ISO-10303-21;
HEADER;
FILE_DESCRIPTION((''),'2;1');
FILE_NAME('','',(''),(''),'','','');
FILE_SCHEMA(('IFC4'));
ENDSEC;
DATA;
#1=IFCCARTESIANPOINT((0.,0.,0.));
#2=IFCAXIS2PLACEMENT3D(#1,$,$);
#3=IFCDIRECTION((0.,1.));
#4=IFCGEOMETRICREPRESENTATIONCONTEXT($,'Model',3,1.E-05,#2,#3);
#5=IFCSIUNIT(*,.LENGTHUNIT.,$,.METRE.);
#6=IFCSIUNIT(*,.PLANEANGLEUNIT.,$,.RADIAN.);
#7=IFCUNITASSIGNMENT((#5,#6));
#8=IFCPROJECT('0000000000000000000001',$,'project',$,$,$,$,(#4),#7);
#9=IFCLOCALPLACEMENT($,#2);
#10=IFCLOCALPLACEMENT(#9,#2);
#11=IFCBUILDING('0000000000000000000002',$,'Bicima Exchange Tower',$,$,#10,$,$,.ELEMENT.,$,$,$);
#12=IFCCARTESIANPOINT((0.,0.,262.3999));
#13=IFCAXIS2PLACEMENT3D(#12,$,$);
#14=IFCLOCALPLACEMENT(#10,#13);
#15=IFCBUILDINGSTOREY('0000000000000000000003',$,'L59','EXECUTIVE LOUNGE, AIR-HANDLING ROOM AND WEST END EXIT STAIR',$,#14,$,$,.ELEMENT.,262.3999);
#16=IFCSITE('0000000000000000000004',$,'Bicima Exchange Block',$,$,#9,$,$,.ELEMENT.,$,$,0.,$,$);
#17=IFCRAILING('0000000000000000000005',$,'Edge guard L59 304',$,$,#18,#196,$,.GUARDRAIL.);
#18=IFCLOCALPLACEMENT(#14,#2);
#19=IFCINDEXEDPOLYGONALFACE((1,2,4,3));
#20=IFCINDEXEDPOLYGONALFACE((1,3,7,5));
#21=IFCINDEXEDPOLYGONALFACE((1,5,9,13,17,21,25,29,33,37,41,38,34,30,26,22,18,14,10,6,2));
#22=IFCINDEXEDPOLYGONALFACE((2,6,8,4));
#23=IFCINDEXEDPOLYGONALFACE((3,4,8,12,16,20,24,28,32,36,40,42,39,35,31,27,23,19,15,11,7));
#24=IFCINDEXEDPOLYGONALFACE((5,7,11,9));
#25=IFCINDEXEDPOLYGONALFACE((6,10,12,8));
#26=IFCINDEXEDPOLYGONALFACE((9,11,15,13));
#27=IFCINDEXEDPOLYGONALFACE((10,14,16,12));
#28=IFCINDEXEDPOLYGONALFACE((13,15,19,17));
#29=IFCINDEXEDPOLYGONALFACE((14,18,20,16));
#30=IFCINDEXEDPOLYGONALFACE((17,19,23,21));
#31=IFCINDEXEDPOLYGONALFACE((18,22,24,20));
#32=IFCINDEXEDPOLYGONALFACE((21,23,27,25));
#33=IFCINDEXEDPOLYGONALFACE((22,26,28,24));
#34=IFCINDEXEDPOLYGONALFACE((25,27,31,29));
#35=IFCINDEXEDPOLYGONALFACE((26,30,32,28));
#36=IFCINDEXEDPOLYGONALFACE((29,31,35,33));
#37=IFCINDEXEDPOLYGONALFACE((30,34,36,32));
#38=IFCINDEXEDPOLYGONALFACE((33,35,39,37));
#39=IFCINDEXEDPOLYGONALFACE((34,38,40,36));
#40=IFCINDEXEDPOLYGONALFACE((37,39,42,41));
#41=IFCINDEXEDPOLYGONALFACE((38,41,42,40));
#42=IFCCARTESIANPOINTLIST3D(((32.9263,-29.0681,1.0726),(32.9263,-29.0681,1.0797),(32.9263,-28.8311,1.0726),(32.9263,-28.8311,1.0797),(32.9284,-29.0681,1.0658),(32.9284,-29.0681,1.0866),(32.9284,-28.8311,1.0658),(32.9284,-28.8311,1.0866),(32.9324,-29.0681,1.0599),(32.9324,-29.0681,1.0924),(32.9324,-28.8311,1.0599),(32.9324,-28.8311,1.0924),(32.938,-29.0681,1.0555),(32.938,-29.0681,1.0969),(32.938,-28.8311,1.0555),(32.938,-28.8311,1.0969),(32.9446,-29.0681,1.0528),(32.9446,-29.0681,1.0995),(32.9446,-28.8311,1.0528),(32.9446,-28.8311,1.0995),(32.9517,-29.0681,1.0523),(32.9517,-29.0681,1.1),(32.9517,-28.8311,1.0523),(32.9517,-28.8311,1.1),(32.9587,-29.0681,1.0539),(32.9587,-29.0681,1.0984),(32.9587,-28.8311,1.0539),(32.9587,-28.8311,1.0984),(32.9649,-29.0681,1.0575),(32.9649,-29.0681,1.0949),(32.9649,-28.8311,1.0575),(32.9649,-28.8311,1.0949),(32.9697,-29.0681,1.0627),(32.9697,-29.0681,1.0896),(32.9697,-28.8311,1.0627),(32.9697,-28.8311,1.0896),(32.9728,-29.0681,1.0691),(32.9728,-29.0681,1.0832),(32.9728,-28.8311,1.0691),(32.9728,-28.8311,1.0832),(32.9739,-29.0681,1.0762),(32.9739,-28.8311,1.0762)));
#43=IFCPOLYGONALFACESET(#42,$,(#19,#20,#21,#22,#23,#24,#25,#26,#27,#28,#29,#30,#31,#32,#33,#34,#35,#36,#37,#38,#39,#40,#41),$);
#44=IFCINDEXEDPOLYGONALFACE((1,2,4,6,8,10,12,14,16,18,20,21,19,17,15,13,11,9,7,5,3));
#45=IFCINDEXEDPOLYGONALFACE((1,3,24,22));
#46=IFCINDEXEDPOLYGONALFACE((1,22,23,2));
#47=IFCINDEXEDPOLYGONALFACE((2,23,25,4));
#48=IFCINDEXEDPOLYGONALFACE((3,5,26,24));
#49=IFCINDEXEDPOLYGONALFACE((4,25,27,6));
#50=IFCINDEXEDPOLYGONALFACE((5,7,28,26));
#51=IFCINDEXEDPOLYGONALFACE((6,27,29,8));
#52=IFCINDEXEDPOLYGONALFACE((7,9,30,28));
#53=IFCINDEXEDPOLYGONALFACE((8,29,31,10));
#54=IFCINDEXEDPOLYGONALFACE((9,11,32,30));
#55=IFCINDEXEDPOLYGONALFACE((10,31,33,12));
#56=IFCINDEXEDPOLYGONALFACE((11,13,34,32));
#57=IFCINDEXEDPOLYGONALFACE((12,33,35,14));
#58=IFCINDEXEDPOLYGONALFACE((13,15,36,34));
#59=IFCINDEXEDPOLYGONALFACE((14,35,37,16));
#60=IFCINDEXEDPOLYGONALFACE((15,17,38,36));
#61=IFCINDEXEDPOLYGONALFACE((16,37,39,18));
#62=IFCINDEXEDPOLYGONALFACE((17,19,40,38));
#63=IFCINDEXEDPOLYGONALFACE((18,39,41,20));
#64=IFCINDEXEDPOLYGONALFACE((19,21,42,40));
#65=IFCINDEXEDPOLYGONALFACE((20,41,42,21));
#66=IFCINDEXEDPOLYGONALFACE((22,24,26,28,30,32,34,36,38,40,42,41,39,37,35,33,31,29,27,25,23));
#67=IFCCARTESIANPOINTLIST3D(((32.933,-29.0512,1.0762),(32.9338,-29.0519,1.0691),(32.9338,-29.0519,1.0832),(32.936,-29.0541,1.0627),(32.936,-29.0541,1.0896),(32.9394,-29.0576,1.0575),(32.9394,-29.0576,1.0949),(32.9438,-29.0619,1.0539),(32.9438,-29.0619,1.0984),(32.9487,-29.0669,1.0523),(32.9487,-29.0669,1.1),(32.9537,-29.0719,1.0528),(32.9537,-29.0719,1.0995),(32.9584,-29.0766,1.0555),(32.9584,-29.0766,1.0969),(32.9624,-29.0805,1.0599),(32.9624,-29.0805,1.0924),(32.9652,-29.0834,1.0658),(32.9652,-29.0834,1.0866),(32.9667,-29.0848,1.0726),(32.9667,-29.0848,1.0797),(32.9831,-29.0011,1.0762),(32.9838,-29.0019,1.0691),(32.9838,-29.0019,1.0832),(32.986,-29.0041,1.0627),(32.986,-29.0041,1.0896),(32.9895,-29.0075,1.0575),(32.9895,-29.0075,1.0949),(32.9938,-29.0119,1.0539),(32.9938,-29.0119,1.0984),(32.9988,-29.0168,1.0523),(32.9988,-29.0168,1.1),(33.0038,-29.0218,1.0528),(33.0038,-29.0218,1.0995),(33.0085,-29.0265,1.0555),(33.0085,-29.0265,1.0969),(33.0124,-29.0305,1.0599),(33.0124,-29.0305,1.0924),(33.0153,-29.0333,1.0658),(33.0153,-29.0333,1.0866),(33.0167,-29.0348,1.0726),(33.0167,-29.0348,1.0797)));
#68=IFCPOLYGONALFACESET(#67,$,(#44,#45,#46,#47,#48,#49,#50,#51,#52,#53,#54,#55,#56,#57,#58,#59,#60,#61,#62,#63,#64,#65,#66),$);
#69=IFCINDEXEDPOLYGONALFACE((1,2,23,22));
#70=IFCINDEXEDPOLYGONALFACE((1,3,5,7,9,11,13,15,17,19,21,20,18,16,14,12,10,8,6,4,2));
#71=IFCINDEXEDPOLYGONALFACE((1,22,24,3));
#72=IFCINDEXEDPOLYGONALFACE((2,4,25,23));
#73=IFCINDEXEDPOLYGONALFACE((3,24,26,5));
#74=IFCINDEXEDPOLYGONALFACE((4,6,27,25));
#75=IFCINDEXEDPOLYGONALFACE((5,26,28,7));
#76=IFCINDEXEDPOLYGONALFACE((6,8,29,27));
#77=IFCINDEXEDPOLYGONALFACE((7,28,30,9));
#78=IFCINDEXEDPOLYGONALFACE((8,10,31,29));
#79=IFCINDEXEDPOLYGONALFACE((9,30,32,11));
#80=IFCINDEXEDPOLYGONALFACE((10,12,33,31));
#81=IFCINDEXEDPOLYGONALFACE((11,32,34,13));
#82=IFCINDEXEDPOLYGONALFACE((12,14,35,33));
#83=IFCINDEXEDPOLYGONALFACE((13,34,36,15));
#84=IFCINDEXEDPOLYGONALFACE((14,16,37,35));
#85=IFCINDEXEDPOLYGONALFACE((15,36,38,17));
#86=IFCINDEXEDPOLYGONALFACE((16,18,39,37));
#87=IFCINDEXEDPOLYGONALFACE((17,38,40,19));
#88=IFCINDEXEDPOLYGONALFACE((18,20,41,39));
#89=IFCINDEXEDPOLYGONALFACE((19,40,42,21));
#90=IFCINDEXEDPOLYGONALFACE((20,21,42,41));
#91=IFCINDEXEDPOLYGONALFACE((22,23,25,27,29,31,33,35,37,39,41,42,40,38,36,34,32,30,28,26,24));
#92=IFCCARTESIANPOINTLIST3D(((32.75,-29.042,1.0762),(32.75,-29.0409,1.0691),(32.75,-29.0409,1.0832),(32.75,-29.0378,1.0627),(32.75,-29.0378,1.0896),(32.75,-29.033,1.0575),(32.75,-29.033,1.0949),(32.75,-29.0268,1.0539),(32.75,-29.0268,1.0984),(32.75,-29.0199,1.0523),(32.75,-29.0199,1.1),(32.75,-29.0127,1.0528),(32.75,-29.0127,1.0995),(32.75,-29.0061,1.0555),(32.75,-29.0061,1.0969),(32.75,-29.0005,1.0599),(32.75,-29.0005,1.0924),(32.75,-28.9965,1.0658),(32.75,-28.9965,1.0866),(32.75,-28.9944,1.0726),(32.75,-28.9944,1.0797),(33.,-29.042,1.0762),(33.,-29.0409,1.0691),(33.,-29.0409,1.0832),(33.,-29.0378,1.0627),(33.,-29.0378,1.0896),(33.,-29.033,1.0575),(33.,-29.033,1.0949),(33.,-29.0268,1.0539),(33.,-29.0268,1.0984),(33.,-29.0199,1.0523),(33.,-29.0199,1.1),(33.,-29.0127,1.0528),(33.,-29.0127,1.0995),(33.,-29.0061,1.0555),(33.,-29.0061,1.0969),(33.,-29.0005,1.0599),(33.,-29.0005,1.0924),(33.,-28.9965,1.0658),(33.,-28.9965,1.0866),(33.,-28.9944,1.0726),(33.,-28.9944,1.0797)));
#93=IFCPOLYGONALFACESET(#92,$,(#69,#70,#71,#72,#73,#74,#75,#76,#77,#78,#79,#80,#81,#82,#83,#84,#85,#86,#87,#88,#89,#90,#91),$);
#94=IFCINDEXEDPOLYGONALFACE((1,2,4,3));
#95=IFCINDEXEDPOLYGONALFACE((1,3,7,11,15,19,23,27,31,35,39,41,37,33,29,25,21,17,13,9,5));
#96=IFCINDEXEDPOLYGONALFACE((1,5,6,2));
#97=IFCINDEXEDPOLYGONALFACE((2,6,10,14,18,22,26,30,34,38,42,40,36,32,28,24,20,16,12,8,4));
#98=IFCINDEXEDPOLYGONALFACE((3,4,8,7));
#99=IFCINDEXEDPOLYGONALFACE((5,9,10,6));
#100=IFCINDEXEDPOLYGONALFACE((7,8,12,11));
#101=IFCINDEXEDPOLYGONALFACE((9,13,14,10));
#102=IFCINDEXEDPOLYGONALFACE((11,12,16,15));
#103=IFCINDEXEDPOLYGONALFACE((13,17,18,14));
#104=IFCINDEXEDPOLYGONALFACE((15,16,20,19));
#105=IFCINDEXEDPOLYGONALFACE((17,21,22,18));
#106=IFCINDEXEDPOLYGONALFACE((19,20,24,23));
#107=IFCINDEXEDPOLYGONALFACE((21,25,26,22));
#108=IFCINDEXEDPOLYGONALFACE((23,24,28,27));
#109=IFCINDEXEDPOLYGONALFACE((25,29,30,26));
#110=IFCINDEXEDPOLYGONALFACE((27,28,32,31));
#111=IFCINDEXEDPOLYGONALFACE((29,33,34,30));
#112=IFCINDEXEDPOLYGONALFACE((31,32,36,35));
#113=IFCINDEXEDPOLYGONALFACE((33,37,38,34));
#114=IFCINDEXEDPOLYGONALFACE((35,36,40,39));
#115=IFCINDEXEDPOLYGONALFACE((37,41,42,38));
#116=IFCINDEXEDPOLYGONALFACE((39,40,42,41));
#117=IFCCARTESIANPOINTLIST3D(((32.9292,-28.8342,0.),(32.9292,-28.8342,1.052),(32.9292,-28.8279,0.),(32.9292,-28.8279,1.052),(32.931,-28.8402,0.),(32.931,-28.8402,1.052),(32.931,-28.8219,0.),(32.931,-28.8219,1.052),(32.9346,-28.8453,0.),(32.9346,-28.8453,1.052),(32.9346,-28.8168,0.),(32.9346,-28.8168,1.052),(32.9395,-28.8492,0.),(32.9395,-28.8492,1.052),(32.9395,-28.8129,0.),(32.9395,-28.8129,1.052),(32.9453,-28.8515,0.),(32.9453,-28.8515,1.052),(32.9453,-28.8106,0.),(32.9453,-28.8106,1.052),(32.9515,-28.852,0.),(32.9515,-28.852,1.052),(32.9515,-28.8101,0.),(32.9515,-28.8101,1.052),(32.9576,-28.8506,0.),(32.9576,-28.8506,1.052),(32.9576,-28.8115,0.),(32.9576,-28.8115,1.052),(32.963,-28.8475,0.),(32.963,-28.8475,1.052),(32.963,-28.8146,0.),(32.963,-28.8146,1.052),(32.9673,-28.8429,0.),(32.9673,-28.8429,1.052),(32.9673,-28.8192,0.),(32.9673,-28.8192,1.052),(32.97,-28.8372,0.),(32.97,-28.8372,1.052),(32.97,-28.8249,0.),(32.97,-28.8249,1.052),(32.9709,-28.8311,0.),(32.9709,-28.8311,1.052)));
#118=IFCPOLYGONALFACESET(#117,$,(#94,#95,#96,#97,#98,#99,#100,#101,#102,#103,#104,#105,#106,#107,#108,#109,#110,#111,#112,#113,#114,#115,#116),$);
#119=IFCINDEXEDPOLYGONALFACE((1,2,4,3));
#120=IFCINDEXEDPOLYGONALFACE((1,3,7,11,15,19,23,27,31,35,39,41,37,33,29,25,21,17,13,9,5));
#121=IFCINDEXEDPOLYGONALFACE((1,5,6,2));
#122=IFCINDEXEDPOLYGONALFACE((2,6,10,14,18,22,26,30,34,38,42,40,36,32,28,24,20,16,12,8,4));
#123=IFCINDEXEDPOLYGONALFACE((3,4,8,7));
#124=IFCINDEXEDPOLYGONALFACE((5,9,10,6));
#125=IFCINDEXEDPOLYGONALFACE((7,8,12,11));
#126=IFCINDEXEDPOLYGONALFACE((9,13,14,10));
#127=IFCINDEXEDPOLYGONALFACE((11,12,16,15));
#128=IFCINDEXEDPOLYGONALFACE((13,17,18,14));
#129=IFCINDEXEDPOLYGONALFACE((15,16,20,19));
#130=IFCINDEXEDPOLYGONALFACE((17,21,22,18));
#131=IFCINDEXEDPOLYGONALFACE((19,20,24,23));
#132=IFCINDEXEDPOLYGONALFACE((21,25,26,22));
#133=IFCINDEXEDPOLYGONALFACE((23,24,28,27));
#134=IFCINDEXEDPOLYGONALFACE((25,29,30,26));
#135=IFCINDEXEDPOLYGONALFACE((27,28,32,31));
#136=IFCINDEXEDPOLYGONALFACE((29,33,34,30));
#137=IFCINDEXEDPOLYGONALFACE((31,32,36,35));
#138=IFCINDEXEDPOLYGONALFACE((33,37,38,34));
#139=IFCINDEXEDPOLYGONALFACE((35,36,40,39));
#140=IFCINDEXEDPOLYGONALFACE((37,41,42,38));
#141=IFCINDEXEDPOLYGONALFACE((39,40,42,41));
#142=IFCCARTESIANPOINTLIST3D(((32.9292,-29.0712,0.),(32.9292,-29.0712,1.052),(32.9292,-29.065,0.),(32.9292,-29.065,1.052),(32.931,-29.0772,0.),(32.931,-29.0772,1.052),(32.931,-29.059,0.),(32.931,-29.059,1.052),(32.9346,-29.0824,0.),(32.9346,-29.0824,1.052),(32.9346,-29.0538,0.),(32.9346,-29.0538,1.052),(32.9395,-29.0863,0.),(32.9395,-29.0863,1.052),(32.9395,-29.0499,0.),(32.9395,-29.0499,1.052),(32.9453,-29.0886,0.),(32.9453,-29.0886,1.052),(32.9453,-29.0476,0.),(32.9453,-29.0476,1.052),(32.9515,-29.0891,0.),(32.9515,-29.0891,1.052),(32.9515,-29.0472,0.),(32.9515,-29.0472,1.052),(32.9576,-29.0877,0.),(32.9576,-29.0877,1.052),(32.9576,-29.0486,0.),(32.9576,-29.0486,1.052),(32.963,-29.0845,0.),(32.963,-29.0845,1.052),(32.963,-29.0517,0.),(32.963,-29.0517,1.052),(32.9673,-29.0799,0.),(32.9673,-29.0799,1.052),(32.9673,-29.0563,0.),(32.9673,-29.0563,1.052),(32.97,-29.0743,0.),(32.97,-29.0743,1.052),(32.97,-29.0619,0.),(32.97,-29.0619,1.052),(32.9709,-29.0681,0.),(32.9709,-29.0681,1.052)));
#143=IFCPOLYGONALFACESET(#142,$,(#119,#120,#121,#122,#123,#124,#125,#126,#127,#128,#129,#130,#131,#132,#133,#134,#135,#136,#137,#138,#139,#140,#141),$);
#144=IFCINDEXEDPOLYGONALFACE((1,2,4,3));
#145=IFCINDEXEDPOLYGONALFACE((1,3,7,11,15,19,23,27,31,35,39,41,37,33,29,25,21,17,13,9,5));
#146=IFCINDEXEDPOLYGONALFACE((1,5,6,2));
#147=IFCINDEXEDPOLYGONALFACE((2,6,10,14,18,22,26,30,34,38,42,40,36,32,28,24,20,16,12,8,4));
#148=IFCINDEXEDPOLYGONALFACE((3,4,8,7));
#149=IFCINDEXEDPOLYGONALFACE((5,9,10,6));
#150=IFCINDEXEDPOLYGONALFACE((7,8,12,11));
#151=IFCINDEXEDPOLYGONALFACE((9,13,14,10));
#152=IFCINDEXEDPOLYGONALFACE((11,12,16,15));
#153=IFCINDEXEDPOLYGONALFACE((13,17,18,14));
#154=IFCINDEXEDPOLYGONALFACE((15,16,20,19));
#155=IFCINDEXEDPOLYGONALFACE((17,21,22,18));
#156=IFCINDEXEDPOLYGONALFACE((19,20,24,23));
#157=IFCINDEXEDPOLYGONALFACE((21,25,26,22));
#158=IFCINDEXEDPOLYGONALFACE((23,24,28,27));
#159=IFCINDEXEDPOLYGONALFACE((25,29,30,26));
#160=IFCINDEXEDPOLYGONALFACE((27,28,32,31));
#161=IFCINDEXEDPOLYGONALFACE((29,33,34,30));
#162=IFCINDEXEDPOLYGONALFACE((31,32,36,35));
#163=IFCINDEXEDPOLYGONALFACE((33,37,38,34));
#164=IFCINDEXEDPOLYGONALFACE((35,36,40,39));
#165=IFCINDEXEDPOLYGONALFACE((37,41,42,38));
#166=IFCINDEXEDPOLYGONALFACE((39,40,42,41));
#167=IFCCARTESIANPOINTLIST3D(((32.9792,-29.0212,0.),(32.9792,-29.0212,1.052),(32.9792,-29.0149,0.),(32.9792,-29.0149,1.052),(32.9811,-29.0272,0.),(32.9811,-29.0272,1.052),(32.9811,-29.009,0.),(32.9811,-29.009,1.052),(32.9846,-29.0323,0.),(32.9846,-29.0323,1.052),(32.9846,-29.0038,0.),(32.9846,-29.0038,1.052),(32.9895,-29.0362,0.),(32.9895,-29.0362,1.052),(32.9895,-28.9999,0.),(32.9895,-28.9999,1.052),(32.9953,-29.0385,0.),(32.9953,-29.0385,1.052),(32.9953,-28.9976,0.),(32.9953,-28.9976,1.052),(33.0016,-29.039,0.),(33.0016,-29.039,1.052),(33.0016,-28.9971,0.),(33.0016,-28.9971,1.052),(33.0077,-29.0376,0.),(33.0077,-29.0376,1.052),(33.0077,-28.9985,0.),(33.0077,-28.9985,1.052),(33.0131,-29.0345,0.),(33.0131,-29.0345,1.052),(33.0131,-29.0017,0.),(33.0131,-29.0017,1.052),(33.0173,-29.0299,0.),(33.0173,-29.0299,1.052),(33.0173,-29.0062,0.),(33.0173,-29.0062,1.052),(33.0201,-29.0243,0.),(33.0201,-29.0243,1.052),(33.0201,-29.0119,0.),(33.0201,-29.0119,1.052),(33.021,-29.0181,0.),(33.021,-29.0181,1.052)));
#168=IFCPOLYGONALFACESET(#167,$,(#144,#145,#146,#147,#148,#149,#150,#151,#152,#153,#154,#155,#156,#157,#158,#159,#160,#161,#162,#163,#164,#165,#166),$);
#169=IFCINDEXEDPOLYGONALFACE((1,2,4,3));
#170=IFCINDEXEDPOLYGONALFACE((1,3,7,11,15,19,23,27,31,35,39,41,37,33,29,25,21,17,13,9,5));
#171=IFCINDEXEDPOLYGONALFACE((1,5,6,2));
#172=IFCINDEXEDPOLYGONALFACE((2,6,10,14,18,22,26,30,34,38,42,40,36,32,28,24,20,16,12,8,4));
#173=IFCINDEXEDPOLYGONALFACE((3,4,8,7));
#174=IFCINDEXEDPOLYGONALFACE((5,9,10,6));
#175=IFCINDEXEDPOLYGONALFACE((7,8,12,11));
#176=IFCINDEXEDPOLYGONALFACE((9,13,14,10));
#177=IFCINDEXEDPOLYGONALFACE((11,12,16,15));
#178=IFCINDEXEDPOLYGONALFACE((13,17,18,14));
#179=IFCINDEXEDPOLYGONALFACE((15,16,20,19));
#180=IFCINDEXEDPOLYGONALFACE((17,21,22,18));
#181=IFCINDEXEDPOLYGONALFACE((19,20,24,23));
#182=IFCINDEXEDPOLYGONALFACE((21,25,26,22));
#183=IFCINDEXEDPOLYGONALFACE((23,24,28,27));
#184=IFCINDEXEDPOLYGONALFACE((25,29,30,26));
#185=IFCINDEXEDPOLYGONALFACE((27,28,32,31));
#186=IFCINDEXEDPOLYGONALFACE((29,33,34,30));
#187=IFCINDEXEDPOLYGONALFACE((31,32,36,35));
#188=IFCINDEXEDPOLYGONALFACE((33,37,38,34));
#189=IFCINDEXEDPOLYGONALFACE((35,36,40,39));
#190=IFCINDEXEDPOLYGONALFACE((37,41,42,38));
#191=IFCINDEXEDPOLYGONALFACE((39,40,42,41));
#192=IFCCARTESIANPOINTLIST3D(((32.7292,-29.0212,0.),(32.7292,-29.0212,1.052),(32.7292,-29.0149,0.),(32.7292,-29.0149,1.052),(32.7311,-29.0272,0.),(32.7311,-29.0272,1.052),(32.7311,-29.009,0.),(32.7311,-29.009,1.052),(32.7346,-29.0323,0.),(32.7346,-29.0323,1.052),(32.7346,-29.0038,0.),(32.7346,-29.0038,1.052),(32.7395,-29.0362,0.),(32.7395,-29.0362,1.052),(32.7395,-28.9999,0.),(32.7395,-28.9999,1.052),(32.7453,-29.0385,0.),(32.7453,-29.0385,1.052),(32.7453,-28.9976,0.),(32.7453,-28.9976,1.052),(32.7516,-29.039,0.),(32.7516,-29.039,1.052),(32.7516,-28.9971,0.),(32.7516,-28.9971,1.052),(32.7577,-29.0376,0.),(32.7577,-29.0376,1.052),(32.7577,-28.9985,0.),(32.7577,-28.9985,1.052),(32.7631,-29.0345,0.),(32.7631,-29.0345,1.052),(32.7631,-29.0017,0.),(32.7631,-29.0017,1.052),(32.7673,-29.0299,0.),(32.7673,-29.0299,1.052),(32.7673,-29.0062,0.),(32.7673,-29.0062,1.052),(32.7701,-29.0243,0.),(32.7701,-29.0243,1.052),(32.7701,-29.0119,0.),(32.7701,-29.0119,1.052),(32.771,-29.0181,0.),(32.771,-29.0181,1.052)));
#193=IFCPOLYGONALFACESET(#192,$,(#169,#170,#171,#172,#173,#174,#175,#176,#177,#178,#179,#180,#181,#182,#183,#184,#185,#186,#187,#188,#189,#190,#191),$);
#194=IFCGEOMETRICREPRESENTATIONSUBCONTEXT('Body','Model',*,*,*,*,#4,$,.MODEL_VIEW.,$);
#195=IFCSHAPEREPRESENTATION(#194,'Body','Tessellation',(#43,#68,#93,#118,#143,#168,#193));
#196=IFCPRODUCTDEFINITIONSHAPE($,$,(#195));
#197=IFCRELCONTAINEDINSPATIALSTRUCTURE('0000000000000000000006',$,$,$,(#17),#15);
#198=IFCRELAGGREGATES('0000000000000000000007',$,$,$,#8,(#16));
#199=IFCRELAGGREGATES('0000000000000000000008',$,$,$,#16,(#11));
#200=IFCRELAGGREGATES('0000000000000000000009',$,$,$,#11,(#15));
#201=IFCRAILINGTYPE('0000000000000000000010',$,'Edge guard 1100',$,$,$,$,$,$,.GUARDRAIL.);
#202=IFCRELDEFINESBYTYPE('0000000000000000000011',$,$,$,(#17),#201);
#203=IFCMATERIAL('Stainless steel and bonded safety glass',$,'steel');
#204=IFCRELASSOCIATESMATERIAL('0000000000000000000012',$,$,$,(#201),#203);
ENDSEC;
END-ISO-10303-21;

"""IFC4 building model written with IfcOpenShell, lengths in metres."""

from ifc_helpers import new_model, si_unit, direction, frame, origin, origin_2d, place, context, subcontext, project, spatial, circle, extrude, material, type_object, element, save


model = new_model("IFC4")

# Units and contexts
model_context = context("Model", 3, precision=1e-05, world=origin(), true_north=direction((0.0, 1.0)))
body_context = subcontext(model_context, "Body", "Model", "MODEL_VIEW")
ifc_project = project(units=[si_unit("LENGTHUNIT", "METRE"), si_unit("PLANEANGLEUNIT", "RADIAN")], contexts=[model_context])

# Site, building, storey
site_placement = place(None, origin())
site = spatial("IfcSite", under=ifc_project, at=site_placement, Name="Bicima Exchange Block", CompositionType="ELEMENT", RefElevation=0.0)
building_placement = place(site_placement, origin())
building = spatial("IfcBuilding", under=site, at=building_placement, Name="Bicima Exchange Tower", CompositionType="ELEMENT")
storey_placement = place(building_placement, frame((0.0, 0.0, 262.3999)))
storey = spatial("IfcBuildingStorey", under=building, at=storey_placement, Name="L59", Description="EXECUTIVE LOUNGE, AIR-HANDLING ROOM AND WEST END EXIT STAIR", CompositionType="ELEMENT", Elevation=262.3999)

# Railing
ifc_material_1 = material(Name="Stainless steel and bonded safety glass", Category="steel")
railing_type = type_object("IfcRailingType", Name="Edge guard 1100", PredefinedType="GUARDRAIL", material=ifc_material_1)
railing_1_placement = place(storey_placement, frame((32.95, -28.8311, 0.0)))
element("IfcRailing", 1, at=railing_1_placement, inside=storey, type_object=railing_type, Name="Edge guard L59 304", PredefinedType="GUARDRAIL", context=body_context, shape_type="SweptSolid", body=[
    extrude(circle(Radius=0.0239, at=origin_2d()), frame((0.0, 0.0, 1.0762), z_axis=(0.0, -1.0, 0.0), x_axis=(1.0, 0.0, 0.0)), (0.0, 0.0, 1.0), 0.2371),
    extrude(circle(Radius=0.0239, at=origin_2d()), frame((0.0, -0.2371, 1.0762), z_axis=(0.707107, 0.707107, 0.0), x_axis=(-0.707107, 0.707107, 0.0)), (0.0, 0.0, 1.0), 0.0708),
    extrude(circle(Radius=0.0239, at=origin_2d()), frame((0.05, -0.187, 1.0762), z_axis=(-1.0, 0.0, 0.0), x_axis=(0.0, -1.0, 0.0)), (0.0, 0.0, 1.0), 0.25),
    extrude(circle(Radius=0.021, at=origin_2d()), origin(), (0.0, 0.0, 1.0), 1.052),
    extrude(circle(Radius=0.021, at=origin_2d()), frame((0.0, -0.2371, 0.0)), (0.0, 0.0, 1.0), 1.052),
    extrude(circle(Radius=0.021, at=origin_2d()), frame((0.05, -0.187, 0.0)), (0.0, 0.0, 1.0), 1.052),
    extrude(circle(Radius=0.021, at=origin_2d()), frame((-0.2, -0.187, 0.0)), (0.0, 0.0, 1.0), 1.052),
])

save(model, "model.ifc")
